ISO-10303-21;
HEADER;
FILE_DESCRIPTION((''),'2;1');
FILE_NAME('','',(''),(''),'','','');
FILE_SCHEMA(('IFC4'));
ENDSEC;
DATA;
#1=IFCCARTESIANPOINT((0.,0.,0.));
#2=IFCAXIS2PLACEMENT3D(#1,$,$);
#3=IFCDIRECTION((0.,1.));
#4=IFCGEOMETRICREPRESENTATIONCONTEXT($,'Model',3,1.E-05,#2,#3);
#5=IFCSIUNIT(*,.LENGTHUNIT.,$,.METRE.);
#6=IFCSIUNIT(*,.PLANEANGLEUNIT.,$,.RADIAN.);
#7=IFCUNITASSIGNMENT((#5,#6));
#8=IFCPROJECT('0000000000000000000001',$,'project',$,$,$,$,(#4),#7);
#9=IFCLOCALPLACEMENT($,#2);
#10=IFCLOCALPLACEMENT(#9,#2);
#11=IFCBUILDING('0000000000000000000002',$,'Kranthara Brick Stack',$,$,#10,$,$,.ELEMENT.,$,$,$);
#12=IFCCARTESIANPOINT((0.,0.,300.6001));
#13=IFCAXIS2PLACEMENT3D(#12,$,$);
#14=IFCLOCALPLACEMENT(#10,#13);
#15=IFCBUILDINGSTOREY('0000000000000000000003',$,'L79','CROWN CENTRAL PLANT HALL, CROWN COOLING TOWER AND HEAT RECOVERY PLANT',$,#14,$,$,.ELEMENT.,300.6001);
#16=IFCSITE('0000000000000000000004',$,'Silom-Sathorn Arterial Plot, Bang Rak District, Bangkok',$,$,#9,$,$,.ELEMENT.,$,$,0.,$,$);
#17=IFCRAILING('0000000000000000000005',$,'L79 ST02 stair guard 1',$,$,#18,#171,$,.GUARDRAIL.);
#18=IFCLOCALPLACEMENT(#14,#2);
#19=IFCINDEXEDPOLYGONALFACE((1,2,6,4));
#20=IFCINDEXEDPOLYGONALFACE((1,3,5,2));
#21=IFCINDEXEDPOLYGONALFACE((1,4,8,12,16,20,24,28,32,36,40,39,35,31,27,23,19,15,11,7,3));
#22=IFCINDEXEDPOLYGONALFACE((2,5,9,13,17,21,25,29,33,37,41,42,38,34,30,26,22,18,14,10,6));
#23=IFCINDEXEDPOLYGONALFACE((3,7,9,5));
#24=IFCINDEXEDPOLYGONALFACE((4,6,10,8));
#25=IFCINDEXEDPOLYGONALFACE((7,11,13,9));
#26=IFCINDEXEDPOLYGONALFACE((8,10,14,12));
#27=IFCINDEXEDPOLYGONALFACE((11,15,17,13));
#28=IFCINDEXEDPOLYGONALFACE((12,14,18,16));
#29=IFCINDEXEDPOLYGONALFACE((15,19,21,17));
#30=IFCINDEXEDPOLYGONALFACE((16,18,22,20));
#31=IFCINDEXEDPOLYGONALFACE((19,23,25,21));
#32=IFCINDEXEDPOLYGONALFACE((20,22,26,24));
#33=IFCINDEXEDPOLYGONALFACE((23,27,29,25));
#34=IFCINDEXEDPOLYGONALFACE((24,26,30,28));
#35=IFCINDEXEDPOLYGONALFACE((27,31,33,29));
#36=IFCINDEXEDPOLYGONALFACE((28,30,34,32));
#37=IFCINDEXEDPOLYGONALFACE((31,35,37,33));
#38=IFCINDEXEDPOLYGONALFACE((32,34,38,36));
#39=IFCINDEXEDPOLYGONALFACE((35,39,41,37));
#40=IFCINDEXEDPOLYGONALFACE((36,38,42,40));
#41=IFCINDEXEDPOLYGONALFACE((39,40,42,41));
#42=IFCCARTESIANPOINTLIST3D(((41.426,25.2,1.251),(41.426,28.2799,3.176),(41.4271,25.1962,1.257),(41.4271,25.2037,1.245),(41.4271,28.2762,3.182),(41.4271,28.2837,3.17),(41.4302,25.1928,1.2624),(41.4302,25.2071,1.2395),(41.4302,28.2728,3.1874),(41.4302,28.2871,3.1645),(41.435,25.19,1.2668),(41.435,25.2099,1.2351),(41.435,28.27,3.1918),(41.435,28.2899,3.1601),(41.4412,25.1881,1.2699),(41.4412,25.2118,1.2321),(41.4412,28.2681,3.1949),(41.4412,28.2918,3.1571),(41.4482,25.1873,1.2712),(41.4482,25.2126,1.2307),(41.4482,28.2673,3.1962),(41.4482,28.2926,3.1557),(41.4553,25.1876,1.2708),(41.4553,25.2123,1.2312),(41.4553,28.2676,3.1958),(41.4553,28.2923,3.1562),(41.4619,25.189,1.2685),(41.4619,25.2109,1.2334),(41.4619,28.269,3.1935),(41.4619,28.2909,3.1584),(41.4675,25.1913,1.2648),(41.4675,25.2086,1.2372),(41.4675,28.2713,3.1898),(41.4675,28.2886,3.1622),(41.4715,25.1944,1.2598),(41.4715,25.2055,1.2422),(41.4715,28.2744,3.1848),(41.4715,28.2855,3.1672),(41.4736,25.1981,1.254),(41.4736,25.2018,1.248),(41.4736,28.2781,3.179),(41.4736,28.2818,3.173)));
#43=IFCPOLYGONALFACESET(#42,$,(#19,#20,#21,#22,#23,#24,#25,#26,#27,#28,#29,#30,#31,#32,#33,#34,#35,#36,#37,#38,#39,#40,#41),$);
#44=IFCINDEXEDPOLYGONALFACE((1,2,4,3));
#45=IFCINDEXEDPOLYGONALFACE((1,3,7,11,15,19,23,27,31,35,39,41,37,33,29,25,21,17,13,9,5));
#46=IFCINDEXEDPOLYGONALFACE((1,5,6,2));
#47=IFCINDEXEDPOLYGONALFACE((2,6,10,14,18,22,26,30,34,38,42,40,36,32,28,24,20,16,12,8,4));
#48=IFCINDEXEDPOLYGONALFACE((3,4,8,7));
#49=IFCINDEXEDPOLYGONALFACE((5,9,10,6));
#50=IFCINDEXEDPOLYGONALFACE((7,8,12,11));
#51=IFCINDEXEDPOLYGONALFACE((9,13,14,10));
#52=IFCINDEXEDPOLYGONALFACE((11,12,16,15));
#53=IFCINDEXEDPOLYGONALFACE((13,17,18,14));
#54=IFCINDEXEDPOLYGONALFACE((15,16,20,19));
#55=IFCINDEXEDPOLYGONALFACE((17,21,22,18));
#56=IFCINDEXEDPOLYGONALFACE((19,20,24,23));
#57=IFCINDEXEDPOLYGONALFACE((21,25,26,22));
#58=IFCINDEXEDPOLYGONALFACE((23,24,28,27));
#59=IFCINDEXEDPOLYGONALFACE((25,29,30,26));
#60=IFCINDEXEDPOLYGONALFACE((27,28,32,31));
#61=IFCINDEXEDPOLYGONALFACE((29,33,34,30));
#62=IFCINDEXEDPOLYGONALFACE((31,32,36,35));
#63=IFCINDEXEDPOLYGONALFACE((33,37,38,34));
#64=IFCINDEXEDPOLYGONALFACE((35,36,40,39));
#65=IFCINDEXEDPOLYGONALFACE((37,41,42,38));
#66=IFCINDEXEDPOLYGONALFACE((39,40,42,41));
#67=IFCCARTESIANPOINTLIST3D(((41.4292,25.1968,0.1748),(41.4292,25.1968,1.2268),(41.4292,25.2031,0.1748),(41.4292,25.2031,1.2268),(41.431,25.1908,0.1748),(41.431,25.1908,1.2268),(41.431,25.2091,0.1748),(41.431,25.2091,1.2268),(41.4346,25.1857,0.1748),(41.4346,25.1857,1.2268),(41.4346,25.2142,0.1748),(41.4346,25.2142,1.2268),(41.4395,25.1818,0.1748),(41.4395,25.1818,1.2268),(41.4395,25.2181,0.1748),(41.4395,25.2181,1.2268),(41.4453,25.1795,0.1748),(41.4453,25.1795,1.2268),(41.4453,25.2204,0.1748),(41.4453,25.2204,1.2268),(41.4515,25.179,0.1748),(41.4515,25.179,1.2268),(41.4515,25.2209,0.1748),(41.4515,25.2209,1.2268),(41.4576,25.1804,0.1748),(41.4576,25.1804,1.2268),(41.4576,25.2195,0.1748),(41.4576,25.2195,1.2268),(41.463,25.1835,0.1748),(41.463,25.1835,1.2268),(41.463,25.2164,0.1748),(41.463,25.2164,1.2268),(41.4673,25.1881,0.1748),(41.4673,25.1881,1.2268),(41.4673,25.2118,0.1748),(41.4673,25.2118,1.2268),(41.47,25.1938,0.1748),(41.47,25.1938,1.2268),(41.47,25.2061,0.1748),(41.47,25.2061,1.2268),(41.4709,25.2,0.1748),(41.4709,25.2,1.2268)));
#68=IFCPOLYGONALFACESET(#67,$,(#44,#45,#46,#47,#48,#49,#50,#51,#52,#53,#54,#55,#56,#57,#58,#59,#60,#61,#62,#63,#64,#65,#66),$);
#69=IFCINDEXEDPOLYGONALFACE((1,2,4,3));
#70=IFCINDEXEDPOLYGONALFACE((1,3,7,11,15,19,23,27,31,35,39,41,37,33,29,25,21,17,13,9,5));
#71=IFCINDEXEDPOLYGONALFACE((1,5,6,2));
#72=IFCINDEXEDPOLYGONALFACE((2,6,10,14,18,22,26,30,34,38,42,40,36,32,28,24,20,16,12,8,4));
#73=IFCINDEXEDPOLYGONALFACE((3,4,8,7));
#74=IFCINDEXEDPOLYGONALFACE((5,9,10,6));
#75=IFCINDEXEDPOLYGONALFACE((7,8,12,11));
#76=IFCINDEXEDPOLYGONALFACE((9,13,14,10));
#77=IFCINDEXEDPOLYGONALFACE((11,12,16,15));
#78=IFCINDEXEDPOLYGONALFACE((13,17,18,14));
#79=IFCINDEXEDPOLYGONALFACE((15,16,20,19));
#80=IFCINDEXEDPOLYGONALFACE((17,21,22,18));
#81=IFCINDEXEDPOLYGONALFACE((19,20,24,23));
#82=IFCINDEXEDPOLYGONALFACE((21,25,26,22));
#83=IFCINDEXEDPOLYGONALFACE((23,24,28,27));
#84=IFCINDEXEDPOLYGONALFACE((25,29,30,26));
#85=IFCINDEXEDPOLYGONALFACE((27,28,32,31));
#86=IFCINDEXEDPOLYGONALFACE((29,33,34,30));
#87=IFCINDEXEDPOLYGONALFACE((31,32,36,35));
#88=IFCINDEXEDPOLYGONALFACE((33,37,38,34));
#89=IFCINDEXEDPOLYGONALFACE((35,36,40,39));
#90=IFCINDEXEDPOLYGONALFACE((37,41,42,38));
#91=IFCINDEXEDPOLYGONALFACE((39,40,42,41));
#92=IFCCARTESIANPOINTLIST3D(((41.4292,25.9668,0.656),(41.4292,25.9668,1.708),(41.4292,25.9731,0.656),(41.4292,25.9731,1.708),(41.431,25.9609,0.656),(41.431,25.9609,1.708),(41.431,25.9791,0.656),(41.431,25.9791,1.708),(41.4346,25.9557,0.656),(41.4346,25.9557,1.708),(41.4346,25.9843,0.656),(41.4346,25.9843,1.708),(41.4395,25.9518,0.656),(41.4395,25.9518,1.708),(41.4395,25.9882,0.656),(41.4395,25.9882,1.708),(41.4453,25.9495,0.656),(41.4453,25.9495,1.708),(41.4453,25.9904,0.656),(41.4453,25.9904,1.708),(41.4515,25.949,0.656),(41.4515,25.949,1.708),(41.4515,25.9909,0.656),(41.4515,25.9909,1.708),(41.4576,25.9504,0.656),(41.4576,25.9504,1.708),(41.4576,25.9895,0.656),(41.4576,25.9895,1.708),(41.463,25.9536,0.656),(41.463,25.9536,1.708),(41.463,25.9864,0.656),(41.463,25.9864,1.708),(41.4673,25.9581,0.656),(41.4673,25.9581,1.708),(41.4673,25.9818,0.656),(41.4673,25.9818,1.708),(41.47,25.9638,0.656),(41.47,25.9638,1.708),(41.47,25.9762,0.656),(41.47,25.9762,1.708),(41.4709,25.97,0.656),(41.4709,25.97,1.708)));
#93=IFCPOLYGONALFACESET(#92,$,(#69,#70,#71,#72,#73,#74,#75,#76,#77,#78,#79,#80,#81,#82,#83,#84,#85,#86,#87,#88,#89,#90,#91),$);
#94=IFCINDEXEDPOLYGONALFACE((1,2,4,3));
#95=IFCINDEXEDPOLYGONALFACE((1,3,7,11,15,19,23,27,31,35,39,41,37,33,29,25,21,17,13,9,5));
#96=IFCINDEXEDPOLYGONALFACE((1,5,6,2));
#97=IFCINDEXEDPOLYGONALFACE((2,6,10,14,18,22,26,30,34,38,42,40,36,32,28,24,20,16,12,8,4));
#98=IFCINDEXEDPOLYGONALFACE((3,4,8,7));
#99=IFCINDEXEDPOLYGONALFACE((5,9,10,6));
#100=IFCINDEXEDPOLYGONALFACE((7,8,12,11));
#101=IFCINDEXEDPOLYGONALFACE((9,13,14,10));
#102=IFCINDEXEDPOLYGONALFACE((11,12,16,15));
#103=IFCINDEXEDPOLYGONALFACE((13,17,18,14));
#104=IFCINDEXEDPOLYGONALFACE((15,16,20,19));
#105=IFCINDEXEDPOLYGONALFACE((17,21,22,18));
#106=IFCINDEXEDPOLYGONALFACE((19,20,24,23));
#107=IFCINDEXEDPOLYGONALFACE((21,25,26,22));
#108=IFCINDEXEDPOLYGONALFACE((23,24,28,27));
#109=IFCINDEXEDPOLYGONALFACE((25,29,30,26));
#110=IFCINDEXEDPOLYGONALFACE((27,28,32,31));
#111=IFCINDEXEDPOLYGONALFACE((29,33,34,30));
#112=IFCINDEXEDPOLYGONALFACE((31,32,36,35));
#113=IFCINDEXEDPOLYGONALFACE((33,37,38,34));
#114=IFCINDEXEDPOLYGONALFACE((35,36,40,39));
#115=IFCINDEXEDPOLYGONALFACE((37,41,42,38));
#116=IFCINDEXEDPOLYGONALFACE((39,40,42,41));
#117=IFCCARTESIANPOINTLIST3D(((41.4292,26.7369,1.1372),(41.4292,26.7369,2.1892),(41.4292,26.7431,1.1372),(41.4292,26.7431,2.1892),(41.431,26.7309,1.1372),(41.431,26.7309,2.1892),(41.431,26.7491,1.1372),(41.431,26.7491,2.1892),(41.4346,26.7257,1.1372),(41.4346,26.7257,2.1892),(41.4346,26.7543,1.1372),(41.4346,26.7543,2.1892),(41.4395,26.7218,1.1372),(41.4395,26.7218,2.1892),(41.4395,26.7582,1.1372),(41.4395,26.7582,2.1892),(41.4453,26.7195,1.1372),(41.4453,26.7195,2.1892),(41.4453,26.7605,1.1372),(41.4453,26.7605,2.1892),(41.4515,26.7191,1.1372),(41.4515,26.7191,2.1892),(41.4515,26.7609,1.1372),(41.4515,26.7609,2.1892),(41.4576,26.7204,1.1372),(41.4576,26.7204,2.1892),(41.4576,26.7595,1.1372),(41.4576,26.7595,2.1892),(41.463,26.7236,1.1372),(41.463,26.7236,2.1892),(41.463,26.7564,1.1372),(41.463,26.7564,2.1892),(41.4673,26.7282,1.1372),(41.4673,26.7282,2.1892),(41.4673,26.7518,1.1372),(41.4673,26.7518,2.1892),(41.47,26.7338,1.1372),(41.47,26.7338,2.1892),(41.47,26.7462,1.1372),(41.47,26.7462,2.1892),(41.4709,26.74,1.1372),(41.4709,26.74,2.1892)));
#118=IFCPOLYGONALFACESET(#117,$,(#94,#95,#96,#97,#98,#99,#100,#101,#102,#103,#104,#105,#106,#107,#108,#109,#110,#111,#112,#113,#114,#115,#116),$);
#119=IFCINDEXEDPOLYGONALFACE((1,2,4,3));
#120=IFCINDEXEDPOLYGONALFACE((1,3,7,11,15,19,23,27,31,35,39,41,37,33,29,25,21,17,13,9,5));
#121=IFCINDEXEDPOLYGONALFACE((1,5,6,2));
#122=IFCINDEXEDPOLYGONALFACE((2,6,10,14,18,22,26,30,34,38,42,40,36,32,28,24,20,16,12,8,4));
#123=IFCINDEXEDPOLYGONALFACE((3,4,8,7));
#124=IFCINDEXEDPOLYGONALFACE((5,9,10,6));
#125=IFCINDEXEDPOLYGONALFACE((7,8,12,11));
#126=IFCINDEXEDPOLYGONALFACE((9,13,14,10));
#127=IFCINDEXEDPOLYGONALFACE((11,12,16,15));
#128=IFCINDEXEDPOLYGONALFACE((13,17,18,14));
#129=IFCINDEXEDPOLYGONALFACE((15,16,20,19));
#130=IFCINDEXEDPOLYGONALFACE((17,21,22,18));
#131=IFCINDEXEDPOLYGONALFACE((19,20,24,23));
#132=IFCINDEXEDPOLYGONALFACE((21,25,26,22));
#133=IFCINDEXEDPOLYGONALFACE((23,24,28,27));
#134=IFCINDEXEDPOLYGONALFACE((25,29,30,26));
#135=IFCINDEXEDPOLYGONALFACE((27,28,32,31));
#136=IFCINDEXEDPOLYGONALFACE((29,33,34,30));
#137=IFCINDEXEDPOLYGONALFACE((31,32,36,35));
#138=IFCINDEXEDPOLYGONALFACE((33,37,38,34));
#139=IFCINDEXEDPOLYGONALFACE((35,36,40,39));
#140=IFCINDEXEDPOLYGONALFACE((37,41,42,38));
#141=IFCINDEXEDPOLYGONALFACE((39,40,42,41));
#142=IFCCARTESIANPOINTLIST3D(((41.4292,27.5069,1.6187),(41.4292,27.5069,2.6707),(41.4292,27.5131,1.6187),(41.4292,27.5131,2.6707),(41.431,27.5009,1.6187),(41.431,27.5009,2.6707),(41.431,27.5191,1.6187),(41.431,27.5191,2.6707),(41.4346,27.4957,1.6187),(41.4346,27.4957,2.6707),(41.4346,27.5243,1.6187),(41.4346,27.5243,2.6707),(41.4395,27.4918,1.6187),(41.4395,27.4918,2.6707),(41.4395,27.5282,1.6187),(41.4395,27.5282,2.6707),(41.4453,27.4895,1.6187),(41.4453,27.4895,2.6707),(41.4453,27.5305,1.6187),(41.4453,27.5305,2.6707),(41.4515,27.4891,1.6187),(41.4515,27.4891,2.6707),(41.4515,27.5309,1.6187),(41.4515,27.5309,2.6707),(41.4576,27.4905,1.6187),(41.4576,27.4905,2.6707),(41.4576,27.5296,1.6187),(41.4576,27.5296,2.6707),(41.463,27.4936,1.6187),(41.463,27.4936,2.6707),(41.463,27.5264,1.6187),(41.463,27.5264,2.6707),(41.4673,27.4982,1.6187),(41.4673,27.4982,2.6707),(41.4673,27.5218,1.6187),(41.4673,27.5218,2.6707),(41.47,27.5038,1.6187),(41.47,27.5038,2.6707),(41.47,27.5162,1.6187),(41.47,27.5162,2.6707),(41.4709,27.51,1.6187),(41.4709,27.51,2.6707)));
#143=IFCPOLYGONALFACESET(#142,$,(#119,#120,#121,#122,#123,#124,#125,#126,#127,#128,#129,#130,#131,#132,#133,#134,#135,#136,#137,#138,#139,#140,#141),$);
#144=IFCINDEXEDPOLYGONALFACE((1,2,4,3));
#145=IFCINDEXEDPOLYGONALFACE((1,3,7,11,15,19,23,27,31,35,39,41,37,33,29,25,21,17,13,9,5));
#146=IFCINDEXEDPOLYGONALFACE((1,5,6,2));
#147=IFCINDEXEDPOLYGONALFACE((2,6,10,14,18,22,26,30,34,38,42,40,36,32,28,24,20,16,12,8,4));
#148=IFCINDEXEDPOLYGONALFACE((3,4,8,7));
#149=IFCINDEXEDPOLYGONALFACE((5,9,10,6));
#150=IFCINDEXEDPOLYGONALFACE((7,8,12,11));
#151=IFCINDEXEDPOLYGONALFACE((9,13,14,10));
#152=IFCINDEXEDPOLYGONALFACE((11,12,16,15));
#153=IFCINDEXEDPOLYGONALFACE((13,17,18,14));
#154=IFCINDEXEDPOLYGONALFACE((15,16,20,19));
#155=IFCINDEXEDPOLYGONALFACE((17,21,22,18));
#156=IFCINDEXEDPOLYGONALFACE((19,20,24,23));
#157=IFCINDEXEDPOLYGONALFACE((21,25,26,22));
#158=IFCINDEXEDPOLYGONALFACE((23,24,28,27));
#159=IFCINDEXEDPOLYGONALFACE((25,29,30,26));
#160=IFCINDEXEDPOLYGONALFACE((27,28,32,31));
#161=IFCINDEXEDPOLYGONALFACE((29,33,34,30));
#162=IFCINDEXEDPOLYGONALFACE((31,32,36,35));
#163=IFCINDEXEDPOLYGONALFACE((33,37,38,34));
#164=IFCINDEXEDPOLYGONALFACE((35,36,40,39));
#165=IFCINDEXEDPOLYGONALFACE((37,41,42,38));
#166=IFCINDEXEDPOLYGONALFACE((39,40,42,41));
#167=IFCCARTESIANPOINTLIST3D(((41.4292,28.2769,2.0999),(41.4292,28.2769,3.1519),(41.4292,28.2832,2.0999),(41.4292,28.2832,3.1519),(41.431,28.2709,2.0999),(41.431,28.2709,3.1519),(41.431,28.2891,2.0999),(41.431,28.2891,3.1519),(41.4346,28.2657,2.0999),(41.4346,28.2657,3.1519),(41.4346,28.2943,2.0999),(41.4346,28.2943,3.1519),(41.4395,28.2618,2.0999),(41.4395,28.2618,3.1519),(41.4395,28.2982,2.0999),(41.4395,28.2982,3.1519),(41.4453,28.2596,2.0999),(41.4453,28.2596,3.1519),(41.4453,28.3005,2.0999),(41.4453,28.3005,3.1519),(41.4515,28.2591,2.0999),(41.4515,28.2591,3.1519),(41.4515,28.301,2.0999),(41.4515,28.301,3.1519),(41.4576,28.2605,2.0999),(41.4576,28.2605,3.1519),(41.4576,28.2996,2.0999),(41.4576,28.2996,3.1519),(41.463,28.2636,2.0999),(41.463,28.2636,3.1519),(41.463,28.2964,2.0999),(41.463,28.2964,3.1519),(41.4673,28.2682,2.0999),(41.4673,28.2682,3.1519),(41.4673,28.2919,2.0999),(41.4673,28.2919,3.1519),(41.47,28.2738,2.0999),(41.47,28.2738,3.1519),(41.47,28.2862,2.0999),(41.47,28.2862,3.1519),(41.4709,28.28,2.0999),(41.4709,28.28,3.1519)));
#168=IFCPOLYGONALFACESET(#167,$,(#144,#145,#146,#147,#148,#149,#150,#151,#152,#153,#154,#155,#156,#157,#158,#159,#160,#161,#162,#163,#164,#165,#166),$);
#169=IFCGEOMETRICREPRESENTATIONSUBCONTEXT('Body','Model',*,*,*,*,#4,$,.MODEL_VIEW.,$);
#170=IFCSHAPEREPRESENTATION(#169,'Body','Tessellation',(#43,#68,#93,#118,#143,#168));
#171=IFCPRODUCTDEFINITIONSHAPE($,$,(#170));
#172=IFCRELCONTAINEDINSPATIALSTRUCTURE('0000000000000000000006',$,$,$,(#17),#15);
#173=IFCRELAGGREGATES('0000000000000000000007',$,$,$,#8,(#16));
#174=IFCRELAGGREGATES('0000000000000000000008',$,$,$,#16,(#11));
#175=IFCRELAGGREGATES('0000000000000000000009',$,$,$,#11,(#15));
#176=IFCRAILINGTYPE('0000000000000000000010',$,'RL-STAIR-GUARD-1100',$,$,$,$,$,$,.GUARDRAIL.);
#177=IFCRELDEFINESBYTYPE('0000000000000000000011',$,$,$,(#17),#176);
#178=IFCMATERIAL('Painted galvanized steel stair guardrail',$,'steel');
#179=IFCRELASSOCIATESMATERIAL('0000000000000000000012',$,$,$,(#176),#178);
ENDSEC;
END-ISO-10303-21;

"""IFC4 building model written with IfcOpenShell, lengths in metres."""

from ifc_helpers import new_model, si_unit, direction, frame, origin, origin_2d, place, context, subcontext, project, spatial, circle, extrude, material, type_object, element, save


model = new_model("IFC4")

# Units and contexts
model_context = context("Model", 3, precision=1e-05, world=origin(), true_north=direction((0.0, 1.0)))
body_context = subcontext(model_context, "Body", "Model", "MODEL_VIEW")
ifc_project = project(units=[si_unit("LENGTHUNIT", "METRE"), si_unit("PLANEANGLEUNIT", "RADIAN")], contexts=[model_context])

# Site, building, storey
site_placement = place(None, origin())
site = spatial("IfcSite", under=ifc_project, at=site_placement, Name="Silom-Sathorn Arterial Plot, Bang Rak District, Bangkok", CompositionType="ELEMENT", RefElevation=0.0)
building_placement = place(site_placement, origin())
building = spatial("IfcBuilding", under=site, at=building_placement, Name="Kranthara Brick Stack", CompositionType="ELEMENT")
storey_placement = place(building_placement, frame((0.0, 0.0, 300.6001)))
storey = spatial("IfcBuildingStorey", under=building, at=storey_placement, Name="L79", Description="CROWN CENTRAL PLANT HALL, CROWN COOLING TOWER AND HEAT RECOVERY PLANT", CompositionType="ELEMENT", Elevation=300.6001)

# Railing
ifc_material_1 = material(Name="Painted galvanized steel stair guardrail", Category="steel")
railing_type_1 = type_object("IfcRailingType", Name="RL-STAIR-GUARD-1100", PredefinedType="GUARDRAIL", material=ifc_material_1)
railing_1_placement = place(storey_placement, frame((41.45, 25.2, 0.1748)))
element("IfcRailing", 1, at=railing_1_placement, inside=storey, type_object=railing_type_1, Name="L79 ST02 stair guard 1", PredefinedType="GUARDRAIL", context=body_context, shape_type="SweptSolid", body=[
    extrude(circle(Radius=0.0239, at=origin_2d()), frame((0.0, 0.0, 1.0762), z_axis=(0.0, 0.847998, 0.529999), x_axis=(-1.0, 0.0, 0.0)), (0.0, 0.0, 1.0), 3.6321),
    extrude(circle(Radius=0.021, at=origin_2d()), origin(), (0.0, 0.0, 1.0), 1.052),
    extrude(circle(Radius=0.021, at=origin_2d()), frame((0.0, 0.77, 0.4812)), (0.0, 0.0, 1.0), 1.052),
    extrude(circle(Radius=0.021, at=origin_2d()), frame((0.0, 1.54, 0.9624)), (0.0, 0.0, 1.0), 1.052),
    extrude(circle(Radius=0.021, at=origin_2d()), frame((0.0, 2.3101, 1.4438)), (0.0, 0.0, 1.0), 1.052),
    extrude(circle(Radius=0.021, at=origin_2d()), frame((0.0, 3.0801, 1.925)), (0.0, 0.0, 1.0), 1.052),
])

save(model, "model.ifc")
